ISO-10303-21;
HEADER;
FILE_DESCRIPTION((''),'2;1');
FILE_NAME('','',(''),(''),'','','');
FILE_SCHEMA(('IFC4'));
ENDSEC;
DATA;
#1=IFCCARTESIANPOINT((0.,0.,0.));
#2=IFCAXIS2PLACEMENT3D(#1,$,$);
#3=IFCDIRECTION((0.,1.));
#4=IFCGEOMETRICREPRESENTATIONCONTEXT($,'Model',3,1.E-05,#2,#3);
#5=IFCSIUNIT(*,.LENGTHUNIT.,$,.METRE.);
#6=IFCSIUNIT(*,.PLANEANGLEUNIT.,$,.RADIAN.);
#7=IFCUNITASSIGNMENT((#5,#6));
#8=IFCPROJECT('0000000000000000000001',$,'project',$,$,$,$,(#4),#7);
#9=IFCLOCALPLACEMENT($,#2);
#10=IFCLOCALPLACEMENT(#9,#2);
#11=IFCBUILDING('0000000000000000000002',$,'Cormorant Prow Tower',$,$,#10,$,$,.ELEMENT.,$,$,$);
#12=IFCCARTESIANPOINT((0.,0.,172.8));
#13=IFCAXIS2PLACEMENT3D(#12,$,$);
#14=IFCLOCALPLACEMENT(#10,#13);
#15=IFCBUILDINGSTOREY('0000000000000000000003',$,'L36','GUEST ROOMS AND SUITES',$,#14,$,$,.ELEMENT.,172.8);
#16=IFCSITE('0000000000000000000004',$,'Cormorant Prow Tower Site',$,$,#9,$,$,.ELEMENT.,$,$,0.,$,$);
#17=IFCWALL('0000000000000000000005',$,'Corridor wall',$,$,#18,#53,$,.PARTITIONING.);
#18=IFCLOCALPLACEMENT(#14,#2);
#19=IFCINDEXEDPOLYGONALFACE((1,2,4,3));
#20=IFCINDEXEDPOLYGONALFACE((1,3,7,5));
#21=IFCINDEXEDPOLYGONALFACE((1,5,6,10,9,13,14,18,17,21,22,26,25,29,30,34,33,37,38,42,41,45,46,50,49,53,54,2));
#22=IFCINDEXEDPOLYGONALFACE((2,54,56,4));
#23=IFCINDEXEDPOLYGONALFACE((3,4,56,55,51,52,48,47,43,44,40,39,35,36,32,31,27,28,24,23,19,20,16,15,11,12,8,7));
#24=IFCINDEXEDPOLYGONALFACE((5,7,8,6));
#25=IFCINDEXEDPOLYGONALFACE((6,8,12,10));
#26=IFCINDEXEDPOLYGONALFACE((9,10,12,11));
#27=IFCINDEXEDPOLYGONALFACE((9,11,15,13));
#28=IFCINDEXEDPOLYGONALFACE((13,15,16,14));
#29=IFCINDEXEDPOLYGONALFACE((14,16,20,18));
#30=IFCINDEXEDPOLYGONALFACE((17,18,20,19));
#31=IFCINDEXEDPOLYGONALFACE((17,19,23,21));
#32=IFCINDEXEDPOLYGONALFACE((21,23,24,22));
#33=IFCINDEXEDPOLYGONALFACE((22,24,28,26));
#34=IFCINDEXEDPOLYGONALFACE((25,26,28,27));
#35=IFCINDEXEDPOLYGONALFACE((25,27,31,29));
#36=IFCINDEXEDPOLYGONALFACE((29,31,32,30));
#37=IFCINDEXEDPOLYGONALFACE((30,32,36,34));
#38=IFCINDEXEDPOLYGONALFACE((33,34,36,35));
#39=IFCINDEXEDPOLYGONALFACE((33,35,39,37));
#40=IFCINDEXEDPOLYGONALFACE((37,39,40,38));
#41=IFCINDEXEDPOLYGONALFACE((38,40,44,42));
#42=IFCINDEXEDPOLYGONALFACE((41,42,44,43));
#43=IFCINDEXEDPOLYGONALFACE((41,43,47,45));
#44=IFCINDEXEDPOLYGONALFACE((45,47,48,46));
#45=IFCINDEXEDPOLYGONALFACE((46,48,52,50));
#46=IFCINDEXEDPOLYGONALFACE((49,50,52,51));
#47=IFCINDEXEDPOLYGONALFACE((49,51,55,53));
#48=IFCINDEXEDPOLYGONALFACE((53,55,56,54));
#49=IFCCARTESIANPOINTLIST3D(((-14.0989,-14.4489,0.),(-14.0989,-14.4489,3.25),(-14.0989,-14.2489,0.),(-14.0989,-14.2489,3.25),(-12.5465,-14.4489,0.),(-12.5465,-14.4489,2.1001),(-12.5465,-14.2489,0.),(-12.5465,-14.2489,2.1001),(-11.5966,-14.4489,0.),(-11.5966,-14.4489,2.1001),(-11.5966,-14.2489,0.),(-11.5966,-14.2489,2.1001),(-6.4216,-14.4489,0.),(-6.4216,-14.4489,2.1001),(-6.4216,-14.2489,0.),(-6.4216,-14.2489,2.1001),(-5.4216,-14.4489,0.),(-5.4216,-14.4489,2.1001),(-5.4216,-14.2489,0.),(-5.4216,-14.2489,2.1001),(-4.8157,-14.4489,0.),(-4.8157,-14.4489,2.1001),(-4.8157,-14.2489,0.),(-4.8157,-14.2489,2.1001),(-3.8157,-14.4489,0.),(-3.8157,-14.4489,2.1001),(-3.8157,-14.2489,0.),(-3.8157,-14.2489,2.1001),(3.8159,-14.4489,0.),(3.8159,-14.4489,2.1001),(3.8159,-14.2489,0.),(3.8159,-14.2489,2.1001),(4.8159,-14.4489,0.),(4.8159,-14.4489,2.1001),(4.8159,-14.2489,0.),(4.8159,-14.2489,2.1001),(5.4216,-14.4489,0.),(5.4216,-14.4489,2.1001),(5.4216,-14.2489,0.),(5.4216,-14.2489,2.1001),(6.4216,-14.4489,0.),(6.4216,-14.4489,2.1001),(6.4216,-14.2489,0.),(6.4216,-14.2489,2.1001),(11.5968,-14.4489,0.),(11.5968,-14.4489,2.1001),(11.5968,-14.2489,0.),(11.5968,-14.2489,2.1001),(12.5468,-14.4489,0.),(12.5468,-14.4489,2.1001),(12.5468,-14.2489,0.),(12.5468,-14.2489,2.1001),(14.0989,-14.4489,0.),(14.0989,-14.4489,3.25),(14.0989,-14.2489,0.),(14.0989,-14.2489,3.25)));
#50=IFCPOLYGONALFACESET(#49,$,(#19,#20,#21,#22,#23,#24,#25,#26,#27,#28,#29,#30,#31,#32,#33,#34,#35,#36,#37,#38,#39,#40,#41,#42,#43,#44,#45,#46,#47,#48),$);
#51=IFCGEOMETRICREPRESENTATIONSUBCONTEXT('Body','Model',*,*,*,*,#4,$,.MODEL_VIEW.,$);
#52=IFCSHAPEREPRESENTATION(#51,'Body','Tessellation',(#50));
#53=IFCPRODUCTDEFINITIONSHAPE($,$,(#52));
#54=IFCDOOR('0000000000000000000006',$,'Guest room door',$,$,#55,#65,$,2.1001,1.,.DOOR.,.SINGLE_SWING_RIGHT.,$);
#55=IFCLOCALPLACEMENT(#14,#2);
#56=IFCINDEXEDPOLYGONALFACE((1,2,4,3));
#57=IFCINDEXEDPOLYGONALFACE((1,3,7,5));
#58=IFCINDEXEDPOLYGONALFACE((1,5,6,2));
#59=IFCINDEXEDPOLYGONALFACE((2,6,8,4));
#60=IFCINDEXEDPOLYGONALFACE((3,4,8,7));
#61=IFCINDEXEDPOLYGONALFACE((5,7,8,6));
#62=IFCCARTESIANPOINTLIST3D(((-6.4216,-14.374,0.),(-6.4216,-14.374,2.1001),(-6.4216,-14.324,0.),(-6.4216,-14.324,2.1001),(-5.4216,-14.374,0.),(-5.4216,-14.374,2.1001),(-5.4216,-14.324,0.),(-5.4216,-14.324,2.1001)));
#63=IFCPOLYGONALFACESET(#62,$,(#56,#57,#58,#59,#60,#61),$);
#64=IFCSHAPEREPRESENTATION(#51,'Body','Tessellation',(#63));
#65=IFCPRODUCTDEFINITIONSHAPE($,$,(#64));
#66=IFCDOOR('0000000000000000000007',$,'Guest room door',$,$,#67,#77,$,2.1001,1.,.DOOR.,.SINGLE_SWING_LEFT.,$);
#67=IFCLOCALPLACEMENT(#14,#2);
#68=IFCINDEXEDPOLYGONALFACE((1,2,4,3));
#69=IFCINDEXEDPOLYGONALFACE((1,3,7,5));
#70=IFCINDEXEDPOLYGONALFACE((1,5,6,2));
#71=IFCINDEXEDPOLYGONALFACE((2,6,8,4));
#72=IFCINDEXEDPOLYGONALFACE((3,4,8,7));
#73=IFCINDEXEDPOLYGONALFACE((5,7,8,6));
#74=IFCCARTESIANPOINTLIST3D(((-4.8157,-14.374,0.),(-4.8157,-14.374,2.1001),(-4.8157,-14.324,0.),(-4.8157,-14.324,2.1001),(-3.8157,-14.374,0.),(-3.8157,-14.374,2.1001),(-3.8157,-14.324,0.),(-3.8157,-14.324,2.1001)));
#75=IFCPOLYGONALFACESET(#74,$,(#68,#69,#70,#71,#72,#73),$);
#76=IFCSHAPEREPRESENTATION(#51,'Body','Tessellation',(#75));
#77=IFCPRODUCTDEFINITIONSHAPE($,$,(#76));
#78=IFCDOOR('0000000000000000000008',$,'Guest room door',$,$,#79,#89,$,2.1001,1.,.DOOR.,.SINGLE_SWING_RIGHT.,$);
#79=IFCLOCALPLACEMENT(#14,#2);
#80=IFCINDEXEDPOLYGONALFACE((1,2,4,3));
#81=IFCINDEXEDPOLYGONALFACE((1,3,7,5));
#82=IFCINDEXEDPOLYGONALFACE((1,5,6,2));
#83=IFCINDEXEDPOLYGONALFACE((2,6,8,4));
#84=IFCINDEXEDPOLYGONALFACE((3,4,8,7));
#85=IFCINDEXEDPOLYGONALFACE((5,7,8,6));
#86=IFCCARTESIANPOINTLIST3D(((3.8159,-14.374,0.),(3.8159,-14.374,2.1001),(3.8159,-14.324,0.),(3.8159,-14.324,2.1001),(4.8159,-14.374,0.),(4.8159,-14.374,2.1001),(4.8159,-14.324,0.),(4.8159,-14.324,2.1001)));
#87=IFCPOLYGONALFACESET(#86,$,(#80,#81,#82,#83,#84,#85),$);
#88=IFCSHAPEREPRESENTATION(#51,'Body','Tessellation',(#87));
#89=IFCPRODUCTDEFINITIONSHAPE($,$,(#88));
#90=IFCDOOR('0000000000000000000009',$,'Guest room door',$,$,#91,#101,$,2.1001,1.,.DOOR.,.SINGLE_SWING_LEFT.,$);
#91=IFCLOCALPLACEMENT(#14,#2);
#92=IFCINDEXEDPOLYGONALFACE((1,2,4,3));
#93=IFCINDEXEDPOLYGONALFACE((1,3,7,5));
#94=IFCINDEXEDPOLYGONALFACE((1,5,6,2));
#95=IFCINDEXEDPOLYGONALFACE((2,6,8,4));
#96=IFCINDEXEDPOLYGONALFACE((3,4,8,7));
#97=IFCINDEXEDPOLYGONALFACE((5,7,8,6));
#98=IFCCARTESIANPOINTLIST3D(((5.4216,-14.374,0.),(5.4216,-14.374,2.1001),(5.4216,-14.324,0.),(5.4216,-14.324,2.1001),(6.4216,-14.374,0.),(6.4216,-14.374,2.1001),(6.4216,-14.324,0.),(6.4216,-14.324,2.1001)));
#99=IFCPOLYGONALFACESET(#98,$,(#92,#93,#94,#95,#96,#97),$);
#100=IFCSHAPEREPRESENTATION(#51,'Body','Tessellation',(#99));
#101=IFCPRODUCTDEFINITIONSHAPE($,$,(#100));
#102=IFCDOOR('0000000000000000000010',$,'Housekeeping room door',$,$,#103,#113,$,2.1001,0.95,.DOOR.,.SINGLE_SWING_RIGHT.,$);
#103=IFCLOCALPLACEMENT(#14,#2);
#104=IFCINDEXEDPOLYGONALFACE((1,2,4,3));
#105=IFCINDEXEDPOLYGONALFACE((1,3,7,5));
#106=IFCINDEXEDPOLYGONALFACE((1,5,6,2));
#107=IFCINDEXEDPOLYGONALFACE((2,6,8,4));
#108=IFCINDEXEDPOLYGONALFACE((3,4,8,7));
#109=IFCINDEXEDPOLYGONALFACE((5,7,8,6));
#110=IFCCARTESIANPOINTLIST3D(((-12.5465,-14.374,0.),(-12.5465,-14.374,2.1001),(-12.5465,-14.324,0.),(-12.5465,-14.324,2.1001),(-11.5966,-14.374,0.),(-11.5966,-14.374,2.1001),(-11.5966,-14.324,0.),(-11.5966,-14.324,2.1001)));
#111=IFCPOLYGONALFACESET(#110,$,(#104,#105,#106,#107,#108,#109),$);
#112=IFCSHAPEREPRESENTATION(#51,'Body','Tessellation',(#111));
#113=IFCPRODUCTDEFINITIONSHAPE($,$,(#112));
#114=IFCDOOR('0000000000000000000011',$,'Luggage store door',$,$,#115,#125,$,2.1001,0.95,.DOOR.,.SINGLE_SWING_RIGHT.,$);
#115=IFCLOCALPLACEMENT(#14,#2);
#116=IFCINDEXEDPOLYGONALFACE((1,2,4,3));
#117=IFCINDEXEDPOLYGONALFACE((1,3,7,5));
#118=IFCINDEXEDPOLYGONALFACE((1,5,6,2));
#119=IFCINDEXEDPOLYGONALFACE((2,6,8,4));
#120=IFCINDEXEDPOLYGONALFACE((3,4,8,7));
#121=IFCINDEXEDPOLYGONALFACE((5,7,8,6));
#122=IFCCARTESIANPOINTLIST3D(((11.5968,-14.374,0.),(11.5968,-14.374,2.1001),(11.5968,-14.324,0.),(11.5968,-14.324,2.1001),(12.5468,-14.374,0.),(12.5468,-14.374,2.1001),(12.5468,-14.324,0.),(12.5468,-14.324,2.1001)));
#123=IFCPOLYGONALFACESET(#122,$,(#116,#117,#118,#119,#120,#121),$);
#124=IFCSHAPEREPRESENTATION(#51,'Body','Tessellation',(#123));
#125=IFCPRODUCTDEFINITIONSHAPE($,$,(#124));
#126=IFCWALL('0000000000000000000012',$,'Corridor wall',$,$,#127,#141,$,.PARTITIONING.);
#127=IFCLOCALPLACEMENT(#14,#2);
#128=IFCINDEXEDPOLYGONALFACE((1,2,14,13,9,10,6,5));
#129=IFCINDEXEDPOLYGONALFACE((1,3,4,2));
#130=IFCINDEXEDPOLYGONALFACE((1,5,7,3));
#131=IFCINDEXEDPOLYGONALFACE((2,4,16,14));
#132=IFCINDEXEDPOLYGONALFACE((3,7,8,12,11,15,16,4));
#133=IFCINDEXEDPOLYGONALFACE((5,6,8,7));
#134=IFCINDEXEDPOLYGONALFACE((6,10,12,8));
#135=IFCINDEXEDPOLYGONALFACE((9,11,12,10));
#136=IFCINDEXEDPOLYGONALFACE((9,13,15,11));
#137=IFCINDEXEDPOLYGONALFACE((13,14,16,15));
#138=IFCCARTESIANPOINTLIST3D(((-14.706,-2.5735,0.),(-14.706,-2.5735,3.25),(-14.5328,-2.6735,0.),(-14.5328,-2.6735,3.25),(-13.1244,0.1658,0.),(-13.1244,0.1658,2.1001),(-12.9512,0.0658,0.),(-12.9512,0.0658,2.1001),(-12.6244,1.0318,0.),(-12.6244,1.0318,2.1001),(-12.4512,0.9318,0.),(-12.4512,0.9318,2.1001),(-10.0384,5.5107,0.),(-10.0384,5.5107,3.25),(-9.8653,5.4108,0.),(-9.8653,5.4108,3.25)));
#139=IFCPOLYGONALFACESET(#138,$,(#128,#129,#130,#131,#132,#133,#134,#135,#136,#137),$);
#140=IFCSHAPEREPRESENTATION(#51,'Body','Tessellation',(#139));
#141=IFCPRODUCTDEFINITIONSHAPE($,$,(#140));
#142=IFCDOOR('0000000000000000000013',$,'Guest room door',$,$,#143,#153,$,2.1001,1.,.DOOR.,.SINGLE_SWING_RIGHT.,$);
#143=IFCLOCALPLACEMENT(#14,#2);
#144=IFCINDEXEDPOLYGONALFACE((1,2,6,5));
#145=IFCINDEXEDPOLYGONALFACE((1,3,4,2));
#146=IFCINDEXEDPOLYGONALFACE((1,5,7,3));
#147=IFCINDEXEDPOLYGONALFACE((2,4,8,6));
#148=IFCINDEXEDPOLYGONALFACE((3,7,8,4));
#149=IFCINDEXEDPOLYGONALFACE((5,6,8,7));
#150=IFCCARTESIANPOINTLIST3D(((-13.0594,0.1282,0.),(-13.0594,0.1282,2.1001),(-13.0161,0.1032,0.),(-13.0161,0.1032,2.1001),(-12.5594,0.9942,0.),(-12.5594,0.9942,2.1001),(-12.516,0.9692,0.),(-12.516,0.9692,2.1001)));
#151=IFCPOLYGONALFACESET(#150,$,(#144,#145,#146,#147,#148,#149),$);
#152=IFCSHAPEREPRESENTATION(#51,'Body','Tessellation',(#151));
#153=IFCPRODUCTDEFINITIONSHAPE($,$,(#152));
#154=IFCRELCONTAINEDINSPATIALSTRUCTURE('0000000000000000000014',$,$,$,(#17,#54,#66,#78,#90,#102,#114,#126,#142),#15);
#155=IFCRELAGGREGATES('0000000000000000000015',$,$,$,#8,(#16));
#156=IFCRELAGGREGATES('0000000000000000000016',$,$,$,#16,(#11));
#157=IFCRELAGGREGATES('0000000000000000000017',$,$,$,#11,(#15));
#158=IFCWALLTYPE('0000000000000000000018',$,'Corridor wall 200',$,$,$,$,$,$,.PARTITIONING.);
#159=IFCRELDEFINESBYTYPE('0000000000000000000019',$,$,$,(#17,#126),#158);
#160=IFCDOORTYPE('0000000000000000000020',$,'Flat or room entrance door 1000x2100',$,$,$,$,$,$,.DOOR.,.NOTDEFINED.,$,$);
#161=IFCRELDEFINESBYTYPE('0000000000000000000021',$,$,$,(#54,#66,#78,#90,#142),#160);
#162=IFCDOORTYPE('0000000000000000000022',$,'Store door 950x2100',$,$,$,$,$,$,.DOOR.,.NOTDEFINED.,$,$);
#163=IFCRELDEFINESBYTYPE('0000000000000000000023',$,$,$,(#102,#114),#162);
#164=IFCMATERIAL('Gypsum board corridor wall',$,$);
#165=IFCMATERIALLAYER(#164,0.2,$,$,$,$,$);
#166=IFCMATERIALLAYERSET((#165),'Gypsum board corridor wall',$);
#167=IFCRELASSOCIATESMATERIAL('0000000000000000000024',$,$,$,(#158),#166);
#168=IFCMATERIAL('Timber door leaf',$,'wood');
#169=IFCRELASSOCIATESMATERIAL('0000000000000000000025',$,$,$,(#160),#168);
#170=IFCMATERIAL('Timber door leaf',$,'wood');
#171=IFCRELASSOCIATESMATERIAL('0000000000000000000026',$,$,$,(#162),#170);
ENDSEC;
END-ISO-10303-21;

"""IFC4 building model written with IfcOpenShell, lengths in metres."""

from ifc_helpers import new_model, si_unit, direction, frame, frame_2d, origin, place, context, subcontext, project, spatial, rectangle, extrude, material, layer, layer_set, type_object, element, fill, save


model = new_model("IFC4")

# Units and contexts
model_context = context("Model", 3, precision=1e-05, world=origin(), true_north=direction((0.0, 1.0)))
body_context = subcontext(model_context, "Body", "Model", "MODEL_VIEW")
ifc_project = project(units=[si_unit("LENGTHUNIT", "METRE"), si_unit("PLANEANGLEUNIT", "RADIAN")], contexts=[model_context])

# Site, building, storey
site_placement = place(None, origin())
site = spatial("IfcSite", under=ifc_project, at=site_placement, Name="Cormorant Prow Tower Site", CompositionType="ELEMENT", RefElevation=0.0)
building_placement = place(site_placement, origin())
building = spatial("IfcBuilding", under=site, at=building_placement, Name="Cormorant Prow Tower", CompositionType="ELEMENT")
storey_placement = place(building_placement, frame((0.0, 0.0, 172.8)))
storey = spatial("IfcBuildingStorey", under=building, at=storey_placement, Name="L36", Description="GUEST ROOMS AND SUITES", CompositionType="ELEMENT", Elevation=172.8)

# Wall, openings, doors
ifc_material_1 = material(Name="Gypsum board corridor wall")
ifc_layer_1 = layer(ifc_material_1, 0.2)
ifc_layer_set_1 = layer_set([ifc_layer_1], Name="Gypsum board corridor wall")
wall_type_1 = type_object("IfcWallType", Name="Corridor wall 200", PredefinedType="PARTITIONING", material=ifc_layer_set_1)
wall_1_placement = place(storey_placement, frame((-14.0989, -14.3489, 0.0), z_axis=(0.0, 0.0, 1.0), x_axis=(1.0, 0.0, 0.0)))
wall_1 = element("IfcWall", 1, at=wall_1_placement, inside=storey, type_object=wall_type_1, Name="Corridor wall", PredefinedType="PARTITIONING", context=body_context, shape_type="SweptSolid", body=[
    extrude(rectangle(XDim=28.1978, YDim=0.2, at=frame_2d((14.0989, 0.0))), origin(), (0.0, 0.0, 1.0), 3.25),
])
opening_1_placement = place(wall_1_placement, frame((1.5522, 0.0, 0.0)))
opening_1 = element("IfcOpeningElement", 2, at=opening_1_placement, cuts=wall_1, PredefinedType="OPENING", context=body_context, shape_type="SweptSolid", body=[
    extrude(rectangle(XDim=0.95, YDim=2.1001, at=frame_2d((0.4751, 1.05))), frame((0.0, 0.1099, 0.0), z_axis=(0.0, -1.0, 0.0), x_axis=(1.0, 0.0, 0.0)), (0.0, 0.0, 1.0), 0.22),
])
opening_2_placement = place(wall_1_placement, frame((7.6772, 0.0, 0.0)))
opening_2 = element("IfcOpeningElement", 3, at=opening_2_placement, cuts=wall_1, PredefinedType="OPENING", context=body_context, shape_type="SweptSolid", body=[
    extrude(rectangle(XDim=1.0, YDim=2.1001, at=frame_2d((0.5, 1.05))), frame((0.0, 0.1099, 0.0), z_axis=(0.0, -1.0, 0.0), x_axis=(1.0, 0.0, 0.0)), (0.0, 0.0, 1.0), 0.22),
])
opening_3_placement = place(wall_1_placement, frame((9.2832, 0.0, 0.0)))
opening_3 = element("IfcOpeningElement", 4, at=opening_3_placement, cuts=wall_1, PredefinedType="OPENING", context=body_context, shape_type="SweptSolid", body=[
    extrude(rectangle(XDim=1.0, YDim=2.1001, at=frame_2d((0.5, 1.05))), frame((0.0, 0.1099, 0.0), z_axis=(0.0, -1.0, 0.0), x_axis=(1.0, 0.0, 0.0)), (0.0, 0.0, 1.0), 0.22),
])
opening_4_placement = place(wall_1_placement, frame((17.9148, 0.0, 0.0)))
opening_4 = element("IfcOpeningElement", 5, at=opening_4_placement, cuts=wall_1, PredefinedType="OPENING", context=body_context, shape_type="SweptSolid", body=[
    extrude(rectangle(XDim=1.0, YDim=2.1001, at=frame_2d((0.5, 1.05))), frame((0.0, 0.1099, 0.0), z_axis=(0.0, -1.0, 0.0), x_axis=(1.0, 0.0, 0.0)), (0.0, 0.0, 1.0), 0.22),
])
opening_5_placement = place(wall_1_placement, frame((19.5205, 0.0, 0.0)))
opening_5 = element("IfcOpeningElement", 6, at=opening_5_placement, cuts=wall_1, PredefinedType="OPENING", context=body_context, shape_type="SweptSolid", body=[
    extrude(rectangle(XDim=1.0, YDim=2.1001, at=frame_2d((0.5, 1.05))), frame((0.0, 0.1099, 0.0), z_axis=(0.0, -1.0, 0.0), x_axis=(1.0, 0.0, 0.0)), (0.0, 0.0, 1.0), 0.22),
])
opening_6_placement = place(wall_1_placement, frame((25.6956, 0.0, 0.0)))
opening_6 = element("IfcOpeningElement", 7, at=opening_6_placement, cuts=wall_1, PredefinedType="OPENING", context=body_context, shape_type="SweptSolid", body=[
    extrude(rectangle(XDim=0.95, YDim=2.1001, at=frame_2d((0.4751, 1.05))), frame((0.0, 0.1099, 0.0), z_axis=(0.0, -1.0, 0.0), x_axis=(1.0, 0.0, 0.0)), (0.0, 0.0, 1.0), 0.22),
])
ifc_material_2 = material(Name="Timber door leaf", Category="wood")
door_type_1 = type_object("IfcDoorType", Name="Flat or room entrance door 1000x2100", OperationType="NOTDEFINED", PredefinedType="DOOR", material=ifc_material_2)
door_1_placement = place(opening_2_placement, origin())
door_1 = element("IfcDoor", 8, at=door_1_placement, inside=storey, type_object=door_type_1, Name="Guest room door", OperationType="SINGLE_SWING_RIGHT", OverallHeight=2.1001, OverallWidth=1.0, PredefinedType="DOOR", context=body_context, shape_type="SweptSolid", body=[
    extrude(rectangle(XDim=1.0, YDim=2.1001, at=frame_2d((0.5, 1.05))), frame((0.0, 0.0249, 0.0), z_axis=(0.0, -1.0, 0.0), x_axis=(1.0, 0.0, 0.0)), (0.0, 0.0, 1.0), 0.05),
])
fill(opening_2, door_1)
door_2_placement = place(opening_3_placement, origin())
door_2 = element("IfcDoor", 9, at=door_2_placement, inside=storey, type_object=door_type_1, Name="Guest room door", OperationType="SINGLE_SWING_LEFT", OverallHeight=2.1001, OverallWidth=1.0, PredefinedType="DOOR", context=body_context, shape_type="SweptSolid", body=[
    extrude(rectangle(XDim=1.0, YDim=2.1001, at=frame_2d((0.5, 1.05))), frame((0.0, 0.0249, 0.0), z_axis=(0.0, -1.0, 0.0), x_axis=(1.0, 0.0, 0.0)), (0.0, 0.0, 1.0), 0.05),
])
fill(opening_3, door_2)
door_3_placement = place(opening_4_placement, origin())
door_3 = element("IfcDoor", 10, at=door_3_placement, inside=storey, type_object=door_type_1, Name="Guest room door", OperationType="SINGLE_SWING_RIGHT", OverallHeight=2.1001, OverallWidth=1.0, PredefinedType="DOOR", context=body_context, shape_type="SweptSolid", body=[
    extrude(rectangle(XDim=1.0, YDim=2.1001, at=frame_2d((0.5, 1.05))), frame((0.0, 0.0249, 0.0), z_axis=(0.0, -1.0, 0.0), x_axis=(1.0, 0.0, 0.0)), (0.0, 0.0, 1.0), 0.05),
])
fill(opening_4, door_3)
door_4_placement = place(opening_5_placement, origin())
door_4 = element("IfcDoor", 11, at=door_4_placement, inside=storey, type_object=door_type_1, Name="Guest room door", OperationType="SINGLE_SWING_LEFT", OverallHeight=2.1001, OverallWidth=1.0, PredefinedType="DOOR", context=body_context, shape_type="SweptSolid", body=[
    extrude(rectangle(XDim=1.0, YDim=2.1001, at=frame_2d((0.5, 1.05))), frame((0.0, 0.0249, 0.0), z_axis=(0.0, -1.0, 0.0), x_axis=(1.0, 0.0, 0.0)), (0.0, 0.0, 1.0), 0.05),
])
fill(opening_5, door_4)
ifc_material_3 = material(Name="Timber door leaf", Category="wood")
door_type_2 = type_object("IfcDoorType", Name="Store door 950x2100", OperationType="NOTDEFINED", PredefinedType="DOOR", material=ifc_material_3)
door_5_placement = place(opening_1_placement, origin())
door_5 = element("IfcDoor", 12, at=door_5_placement, inside=storey, type_object=door_type_2, Name="Housekeeping room door", OperationType="SINGLE_SWING_RIGHT", OverallHeight=2.1001, OverallWidth=0.95, PredefinedType="DOOR", context=body_context, shape_type="SweptSolid", body=[
    extrude(rectangle(XDim=0.95, YDim=2.1001, at=frame_2d((0.4751, 1.05))), frame((0.0, 0.0249, 0.0), z_axis=(0.0, -1.0, 0.0), x_axis=(1.0, 0.0, 0.0)), (0.0, 0.0, 1.0), 0.05),
])
fill(opening_1, door_5)
door_6_placement = place(opening_6_placement, origin())
door_6 = element("IfcDoor", 13, at=door_6_placement, inside=storey, type_object=door_type_2, Name="Luggage store door", OperationType="SINGLE_SWING_RIGHT", OverallHeight=2.1001, OverallWidth=0.95, PredefinedType="DOOR", context=body_context, shape_type="SweptSolid", body=[
    extrude(rectangle(XDim=0.95, YDim=2.1001, at=frame_2d((0.4751, 1.05))), frame((0.0, 0.0249, 0.0), z_axis=(0.0, -1.0, 0.0), x_axis=(1.0, 0.0, 0.0)), (0.0, 0.0, 1.0), 0.05),
])
fill(opening_6, door_6)

# Wall, opening, door
wall_2_placement = place(storey_placement, frame((-14.6194, -2.6235, 0.0), z_axis=(0.0, 0.0, 1.0), x_axis=(0.500004, 0.866023, 0.0)))
wall_2 = element("IfcWall", 14, at=wall_2_placement, inside=storey, type_object=wall_type_1, Name="Corridor wall", PredefinedType="PARTITIONING", context=body_context, shape_type="SweptSolid", body=[
    extrude(rectangle(XDim=9.335, YDim=0.2, at=frame_2d((4.6675, 0.0))), origin(), (0.0, 0.0, 1.0), 3.25),
])
opening_7_placement = place(wall_2_placement, frame((3.1631, 0.0, 0.0)))
opening_7 = element("IfcOpeningElement", 15, at=opening_7_placement, cuts=wall_2, PredefinedType="OPENING", context=body_context, shape_type="SweptSolid", body=[
    extrude(rectangle(XDim=1.0, YDim=2.1001, at=frame_2d((0.5, 1.05))), frame((0.0, 0.1099, 0.0), z_axis=(0.0, -1.0, 0.0), x_axis=(1.0, 0.0, 0.0)), (0.0, 0.0, 1.0), 0.22),
])
door_7_placement = place(opening_7_placement, origin())
door_7 = element("IfcDoor", 16, at=door_7_placement, inside=storey, type_object=door_type_1, Name="Guest room door", OperationType="SINGLE_SWING_RIGHT", OverallHeight=2.1001, OverallWidth=1.0, PredefinedType="DOOR", context=body_context, shape_type="SweptSolid", body=[
    extrude(rectangle(XDim=1.0, YDim=2.1001, at=frame_2d((0.5, 1.05))), frame((0.0, 0.0249, 0.0), z_axis=(0.0, -1.0, 0.0), x_axis=(1.0, 0.0, 0.0)), (0.0, 0.0, 1.0), 0.05),
])
fill(opening_7, door_7)

save(model, "model.ifc")
